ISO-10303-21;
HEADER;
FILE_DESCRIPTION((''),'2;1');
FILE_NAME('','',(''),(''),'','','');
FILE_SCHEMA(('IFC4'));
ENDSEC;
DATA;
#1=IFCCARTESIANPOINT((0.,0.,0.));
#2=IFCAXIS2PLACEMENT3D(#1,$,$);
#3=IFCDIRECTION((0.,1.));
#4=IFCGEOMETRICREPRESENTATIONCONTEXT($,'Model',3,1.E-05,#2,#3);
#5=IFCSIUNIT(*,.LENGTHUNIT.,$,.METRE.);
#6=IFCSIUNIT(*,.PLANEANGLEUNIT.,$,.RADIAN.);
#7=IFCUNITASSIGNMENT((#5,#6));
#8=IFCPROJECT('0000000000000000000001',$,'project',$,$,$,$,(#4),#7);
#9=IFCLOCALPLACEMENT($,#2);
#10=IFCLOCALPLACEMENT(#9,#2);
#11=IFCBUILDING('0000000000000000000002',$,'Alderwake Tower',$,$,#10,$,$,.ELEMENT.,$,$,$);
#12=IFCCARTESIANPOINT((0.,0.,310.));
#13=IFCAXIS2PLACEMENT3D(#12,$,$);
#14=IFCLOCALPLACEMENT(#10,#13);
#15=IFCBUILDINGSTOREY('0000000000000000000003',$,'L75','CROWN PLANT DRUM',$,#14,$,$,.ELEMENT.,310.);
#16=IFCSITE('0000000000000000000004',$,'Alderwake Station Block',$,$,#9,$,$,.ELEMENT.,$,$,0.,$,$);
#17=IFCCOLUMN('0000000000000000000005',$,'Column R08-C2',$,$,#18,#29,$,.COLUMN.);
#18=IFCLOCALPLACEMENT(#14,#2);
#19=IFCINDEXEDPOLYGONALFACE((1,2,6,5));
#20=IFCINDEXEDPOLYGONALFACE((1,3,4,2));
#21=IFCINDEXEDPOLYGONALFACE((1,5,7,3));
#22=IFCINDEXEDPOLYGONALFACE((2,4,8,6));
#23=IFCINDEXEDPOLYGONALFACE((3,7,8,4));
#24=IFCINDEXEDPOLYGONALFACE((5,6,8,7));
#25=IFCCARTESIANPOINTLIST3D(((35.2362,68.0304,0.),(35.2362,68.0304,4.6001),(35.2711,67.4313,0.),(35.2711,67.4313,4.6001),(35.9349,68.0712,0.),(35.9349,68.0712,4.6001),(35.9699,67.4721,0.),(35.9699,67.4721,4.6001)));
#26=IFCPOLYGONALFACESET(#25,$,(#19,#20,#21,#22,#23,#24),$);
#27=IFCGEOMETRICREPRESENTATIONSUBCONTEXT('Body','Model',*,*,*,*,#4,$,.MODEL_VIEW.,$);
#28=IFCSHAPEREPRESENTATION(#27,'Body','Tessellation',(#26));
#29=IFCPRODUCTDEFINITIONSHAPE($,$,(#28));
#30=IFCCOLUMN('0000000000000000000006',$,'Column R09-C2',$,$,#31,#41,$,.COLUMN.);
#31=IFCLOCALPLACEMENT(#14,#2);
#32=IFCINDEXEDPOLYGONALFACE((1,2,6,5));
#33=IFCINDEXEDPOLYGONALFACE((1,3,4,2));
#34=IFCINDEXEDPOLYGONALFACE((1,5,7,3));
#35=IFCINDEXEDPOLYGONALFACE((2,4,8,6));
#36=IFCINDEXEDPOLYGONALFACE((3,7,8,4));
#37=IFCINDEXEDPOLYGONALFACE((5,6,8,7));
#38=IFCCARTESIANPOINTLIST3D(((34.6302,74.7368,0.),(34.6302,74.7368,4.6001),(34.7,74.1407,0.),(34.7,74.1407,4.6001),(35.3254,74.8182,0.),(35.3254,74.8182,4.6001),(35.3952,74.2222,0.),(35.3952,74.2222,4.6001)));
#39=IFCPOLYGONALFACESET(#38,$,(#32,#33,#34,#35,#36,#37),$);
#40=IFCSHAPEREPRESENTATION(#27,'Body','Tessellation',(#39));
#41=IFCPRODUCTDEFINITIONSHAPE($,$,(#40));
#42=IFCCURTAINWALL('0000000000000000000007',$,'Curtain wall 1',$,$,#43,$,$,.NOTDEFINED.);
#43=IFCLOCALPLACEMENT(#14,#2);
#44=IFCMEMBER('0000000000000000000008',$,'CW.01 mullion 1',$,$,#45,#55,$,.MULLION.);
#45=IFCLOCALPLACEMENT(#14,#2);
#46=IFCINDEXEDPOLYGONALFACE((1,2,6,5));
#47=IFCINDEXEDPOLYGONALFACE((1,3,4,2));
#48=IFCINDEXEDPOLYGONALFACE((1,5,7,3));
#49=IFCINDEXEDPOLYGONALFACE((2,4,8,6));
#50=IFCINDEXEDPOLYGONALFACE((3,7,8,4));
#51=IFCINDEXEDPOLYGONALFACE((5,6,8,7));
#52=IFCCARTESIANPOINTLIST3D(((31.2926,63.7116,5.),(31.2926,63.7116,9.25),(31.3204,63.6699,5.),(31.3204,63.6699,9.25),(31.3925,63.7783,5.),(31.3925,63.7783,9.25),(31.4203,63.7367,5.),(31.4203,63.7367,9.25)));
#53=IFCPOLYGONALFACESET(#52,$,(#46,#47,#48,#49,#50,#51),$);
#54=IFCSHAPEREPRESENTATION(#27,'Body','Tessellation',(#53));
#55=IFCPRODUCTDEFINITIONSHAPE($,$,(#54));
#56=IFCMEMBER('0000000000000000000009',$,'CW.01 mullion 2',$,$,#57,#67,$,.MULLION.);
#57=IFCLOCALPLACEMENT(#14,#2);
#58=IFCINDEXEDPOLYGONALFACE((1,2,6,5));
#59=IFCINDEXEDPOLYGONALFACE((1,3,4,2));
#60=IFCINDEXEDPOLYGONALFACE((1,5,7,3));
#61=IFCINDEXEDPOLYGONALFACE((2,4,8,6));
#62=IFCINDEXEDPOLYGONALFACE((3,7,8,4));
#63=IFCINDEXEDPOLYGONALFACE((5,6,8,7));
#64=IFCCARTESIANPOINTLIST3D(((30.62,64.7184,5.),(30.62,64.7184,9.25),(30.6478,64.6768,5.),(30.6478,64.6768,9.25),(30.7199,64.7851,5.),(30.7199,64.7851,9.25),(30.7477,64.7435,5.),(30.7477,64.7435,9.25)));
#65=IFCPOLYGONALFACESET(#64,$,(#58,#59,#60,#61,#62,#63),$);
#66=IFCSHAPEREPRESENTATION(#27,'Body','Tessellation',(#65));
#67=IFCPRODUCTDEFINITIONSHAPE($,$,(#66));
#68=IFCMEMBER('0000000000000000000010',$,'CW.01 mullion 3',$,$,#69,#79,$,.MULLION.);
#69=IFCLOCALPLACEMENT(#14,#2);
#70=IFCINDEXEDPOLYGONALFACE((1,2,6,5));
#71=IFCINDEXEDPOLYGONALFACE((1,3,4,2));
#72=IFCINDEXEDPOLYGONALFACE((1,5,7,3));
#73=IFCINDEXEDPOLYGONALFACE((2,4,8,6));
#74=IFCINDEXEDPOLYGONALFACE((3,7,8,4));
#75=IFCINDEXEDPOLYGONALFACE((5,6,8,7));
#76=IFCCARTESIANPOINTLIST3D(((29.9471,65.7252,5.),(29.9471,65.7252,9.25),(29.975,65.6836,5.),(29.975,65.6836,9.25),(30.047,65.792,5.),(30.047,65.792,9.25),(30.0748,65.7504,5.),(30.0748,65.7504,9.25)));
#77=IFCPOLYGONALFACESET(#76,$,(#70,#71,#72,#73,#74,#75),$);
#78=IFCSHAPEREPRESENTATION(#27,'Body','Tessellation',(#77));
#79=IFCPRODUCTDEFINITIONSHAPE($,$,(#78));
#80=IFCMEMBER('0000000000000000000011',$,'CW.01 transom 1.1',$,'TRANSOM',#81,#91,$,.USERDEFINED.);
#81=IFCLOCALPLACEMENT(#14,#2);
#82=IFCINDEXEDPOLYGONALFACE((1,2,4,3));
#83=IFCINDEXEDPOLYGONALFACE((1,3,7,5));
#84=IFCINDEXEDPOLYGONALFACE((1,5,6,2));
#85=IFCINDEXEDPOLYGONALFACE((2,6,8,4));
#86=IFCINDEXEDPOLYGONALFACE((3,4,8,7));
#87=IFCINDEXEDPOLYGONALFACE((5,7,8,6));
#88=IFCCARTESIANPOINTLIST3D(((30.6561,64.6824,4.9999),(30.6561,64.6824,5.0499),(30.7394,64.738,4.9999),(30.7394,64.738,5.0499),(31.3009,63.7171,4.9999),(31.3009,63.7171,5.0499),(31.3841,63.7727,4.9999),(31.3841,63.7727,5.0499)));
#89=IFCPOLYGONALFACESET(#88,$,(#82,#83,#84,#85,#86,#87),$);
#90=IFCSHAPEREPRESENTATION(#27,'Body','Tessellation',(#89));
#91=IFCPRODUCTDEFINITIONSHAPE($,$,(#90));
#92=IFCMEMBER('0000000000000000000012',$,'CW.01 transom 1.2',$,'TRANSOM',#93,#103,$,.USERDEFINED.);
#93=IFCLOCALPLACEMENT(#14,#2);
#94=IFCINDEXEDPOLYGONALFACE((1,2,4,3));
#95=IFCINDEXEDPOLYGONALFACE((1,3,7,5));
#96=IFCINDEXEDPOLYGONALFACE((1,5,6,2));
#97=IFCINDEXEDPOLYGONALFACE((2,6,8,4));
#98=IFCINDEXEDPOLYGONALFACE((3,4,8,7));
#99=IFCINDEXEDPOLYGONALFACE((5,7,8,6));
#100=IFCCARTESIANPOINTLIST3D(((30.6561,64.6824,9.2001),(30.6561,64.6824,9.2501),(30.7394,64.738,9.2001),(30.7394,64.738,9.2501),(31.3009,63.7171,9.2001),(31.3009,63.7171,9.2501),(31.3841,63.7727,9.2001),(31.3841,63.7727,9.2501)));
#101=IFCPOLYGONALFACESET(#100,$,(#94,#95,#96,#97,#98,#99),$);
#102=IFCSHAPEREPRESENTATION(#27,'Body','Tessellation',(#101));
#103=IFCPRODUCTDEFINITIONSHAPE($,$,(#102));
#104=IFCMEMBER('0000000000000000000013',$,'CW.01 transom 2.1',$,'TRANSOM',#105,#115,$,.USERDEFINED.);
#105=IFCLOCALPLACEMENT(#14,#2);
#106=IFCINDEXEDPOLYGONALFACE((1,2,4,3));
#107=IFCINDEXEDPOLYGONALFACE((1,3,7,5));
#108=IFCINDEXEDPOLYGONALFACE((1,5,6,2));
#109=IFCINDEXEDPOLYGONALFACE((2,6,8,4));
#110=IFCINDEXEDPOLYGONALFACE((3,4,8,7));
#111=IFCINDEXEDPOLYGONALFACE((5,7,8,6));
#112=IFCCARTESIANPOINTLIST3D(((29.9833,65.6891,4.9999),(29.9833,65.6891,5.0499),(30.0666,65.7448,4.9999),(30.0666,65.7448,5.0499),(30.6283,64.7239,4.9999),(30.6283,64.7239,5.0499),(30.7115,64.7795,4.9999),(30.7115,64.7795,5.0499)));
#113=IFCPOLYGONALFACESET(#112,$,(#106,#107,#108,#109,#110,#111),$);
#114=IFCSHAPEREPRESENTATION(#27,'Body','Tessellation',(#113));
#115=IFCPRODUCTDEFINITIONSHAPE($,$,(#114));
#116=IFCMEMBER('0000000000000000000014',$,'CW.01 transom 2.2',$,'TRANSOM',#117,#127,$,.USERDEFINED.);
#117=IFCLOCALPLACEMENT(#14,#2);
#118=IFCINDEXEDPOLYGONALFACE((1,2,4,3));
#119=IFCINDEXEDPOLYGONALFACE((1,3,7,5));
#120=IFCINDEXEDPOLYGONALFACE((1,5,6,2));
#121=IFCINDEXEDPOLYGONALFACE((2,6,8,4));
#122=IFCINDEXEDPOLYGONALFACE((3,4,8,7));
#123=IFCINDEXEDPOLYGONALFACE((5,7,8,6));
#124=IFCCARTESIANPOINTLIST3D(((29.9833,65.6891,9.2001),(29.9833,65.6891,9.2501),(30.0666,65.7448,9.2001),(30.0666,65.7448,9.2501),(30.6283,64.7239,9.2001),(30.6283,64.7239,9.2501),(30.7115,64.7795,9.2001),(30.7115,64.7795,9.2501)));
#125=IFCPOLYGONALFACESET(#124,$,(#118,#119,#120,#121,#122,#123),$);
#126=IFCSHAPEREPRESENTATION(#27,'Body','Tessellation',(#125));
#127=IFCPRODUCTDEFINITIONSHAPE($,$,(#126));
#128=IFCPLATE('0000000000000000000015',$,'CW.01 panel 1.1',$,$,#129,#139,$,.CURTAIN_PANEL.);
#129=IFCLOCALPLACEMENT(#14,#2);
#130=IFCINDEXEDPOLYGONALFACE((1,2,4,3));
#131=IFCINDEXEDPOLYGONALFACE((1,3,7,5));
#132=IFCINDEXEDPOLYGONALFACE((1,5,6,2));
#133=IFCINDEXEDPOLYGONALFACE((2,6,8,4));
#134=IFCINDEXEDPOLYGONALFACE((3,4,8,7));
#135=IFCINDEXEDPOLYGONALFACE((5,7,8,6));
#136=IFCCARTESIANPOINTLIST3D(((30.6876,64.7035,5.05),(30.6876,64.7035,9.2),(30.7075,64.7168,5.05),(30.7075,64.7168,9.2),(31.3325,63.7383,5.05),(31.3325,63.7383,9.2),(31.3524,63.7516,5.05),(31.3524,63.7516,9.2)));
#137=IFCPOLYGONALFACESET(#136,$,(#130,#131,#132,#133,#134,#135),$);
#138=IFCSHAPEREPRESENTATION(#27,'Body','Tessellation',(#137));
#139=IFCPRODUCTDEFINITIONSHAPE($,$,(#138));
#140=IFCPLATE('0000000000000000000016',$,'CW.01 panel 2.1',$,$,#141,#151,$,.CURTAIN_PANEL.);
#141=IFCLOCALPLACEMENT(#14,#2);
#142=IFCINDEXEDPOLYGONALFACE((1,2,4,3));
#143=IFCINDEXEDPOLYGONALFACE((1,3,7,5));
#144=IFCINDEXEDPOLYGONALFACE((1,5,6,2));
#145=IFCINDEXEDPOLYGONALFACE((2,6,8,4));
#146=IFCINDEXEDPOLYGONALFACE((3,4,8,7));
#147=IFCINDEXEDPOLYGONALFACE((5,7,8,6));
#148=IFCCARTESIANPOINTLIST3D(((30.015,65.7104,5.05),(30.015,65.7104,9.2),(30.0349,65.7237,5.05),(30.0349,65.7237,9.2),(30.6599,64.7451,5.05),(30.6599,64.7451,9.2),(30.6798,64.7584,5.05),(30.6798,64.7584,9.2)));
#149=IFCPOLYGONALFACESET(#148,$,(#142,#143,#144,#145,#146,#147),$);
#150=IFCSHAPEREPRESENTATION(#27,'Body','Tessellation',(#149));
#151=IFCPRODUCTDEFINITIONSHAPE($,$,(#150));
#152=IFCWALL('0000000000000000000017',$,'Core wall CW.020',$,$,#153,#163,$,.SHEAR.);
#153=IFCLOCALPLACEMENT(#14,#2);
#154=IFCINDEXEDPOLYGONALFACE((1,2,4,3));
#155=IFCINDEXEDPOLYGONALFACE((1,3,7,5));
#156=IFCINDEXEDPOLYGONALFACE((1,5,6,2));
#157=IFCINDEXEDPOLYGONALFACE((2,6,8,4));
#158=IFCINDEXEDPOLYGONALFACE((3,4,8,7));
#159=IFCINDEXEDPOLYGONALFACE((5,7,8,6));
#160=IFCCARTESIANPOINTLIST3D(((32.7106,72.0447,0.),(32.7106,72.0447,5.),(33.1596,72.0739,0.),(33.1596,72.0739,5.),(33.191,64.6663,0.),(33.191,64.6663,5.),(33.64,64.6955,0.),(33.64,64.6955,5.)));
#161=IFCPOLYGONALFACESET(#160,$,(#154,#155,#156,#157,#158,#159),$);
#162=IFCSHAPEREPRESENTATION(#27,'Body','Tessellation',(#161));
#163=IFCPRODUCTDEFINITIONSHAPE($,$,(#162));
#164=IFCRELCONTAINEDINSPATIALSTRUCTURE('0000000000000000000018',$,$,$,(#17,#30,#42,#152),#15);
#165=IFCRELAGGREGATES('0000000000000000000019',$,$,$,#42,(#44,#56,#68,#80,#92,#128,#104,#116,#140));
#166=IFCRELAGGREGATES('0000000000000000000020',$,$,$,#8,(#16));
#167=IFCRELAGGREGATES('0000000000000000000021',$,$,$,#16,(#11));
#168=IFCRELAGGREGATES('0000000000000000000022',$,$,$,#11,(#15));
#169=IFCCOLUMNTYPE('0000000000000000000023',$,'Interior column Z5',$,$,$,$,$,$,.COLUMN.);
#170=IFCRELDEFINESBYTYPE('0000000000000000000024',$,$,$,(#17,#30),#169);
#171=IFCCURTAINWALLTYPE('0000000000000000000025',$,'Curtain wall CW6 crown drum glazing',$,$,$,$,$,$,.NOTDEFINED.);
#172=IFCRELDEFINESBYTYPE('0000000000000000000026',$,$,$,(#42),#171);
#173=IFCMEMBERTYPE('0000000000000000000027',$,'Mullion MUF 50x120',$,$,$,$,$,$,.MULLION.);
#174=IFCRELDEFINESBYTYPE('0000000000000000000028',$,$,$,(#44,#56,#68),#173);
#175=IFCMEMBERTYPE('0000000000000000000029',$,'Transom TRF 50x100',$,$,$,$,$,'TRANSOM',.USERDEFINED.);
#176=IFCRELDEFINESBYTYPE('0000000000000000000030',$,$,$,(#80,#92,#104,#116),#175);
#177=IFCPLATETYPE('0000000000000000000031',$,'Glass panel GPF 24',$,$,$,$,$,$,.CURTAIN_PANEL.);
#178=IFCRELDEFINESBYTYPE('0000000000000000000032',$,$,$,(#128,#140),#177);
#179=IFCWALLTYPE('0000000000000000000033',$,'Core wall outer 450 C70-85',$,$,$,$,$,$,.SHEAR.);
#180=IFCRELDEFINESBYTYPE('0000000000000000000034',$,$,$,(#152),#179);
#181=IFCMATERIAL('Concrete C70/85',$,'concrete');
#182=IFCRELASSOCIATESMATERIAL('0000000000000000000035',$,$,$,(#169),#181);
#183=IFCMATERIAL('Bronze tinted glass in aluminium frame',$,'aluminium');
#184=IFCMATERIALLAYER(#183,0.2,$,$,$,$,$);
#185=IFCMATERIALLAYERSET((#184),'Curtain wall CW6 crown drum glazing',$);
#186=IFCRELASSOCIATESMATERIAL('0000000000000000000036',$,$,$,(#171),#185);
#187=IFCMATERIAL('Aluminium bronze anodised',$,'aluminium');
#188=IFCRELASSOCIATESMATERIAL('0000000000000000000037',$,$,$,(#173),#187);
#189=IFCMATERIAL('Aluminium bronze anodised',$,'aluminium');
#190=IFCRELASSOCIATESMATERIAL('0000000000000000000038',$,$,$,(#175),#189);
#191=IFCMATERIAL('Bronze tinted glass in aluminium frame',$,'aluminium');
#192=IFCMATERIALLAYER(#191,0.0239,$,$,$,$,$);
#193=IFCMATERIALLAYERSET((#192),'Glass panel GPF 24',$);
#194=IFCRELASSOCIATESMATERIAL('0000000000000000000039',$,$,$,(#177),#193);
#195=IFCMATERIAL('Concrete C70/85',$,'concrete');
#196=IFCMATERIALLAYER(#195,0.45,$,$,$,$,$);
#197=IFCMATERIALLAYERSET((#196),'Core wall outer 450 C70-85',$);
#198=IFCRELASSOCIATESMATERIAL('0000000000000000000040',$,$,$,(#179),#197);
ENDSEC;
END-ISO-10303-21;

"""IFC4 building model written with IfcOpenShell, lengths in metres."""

from ifc_helpers import new_model, si_unit, direction, frame, frame_2d, origin, origin_2d, place, context, subcontext, project, spatial, rectangle, extrude, material, layer, layer_set, material_profile, profile_set, type_object, element, aggregate, save


model = new_model("IFC4")

# Units and contexts
model_context = context("Model", 3, precision=1e-05, world=origin(), true_north=direction((0.0, 1.0)))
body_context = subcontext(model_context, "Body", "Model", "MODEL_VIEW")
ifc_project = project(units=[si_unit("LENGTHUNIT", "METRE"), si_unit("PLANEANGLEUNIT", "RADIAN")], contexts=[model_context])

# Site, building, storey
site_placement = place(None, origin())
site = spatial("IfcSite", under=ifc_project, at=site_placement, Name="Alderwake Station Block", CompositionType="ELEMENT", RefElevation=0.0)
building_placement = place(site_placement, origin())
building = spatial("IfcBuilding", under=site, at=building_placement, Name="Alderwake Tower", CompositionType="ELEMENT")
storey_placement = place(building_placement, frame((0.0, 0.0, 310.0)))
storey = spatial("IfcBuildingStorey", under=building, at=storey_placement, Name="L75", Description="CROWN PLANT DRUM", CompositionType="ELEMENT", Elevation=310.0)

# Columns
ifc_material_1 = material(Name="Concrete C70/85", Category="concrete")
ifc_material_profile_1 = material_profile(ifc_material_1, rectangle(XDim=0.6001, YDim=0.7, at=origin_2d()), Name="RC 700X600")
ifc_profile_set_1 = profile_set([ifc_material_profile_1], Name="Concrete C70/85")
column_type = type_object("IfcColumnType", Name="Interior column Z5", PredefinedType="COLUMN", material=ifc_profile_set_1)
for number, where, z_axis, x_axis, name in (
    (1, (35.603, 67.7512, 0.0), (0.0, 0.0, 1.0), (-0.058301, 0.998299, 0.0), "Column R08-C2"),
    (2, (35.0127, 74.4795, 0.0), (0.0, 0.0, 1.0), (-0.116402, 0.993202, 0.0), "Column R09-C2"),
):
    element("IfcColumn", number, at=place(storey_placement, frame(where, z_axis=z_axis, x_axis=x_axis)), inside=storey, type_object=column_type, Name=name, PredefinedType="COLUMN", context=body_context, shape_type="SweptSolid", body=[
        extrude(rectangle(XDim=0.6001, YDim=0.7, at=origin_2d()), origin(), (0.0, 0.0, 1.0), 4.6001),
    ])

# Curtain wall, members, plates
ifc_material_2 = material(Name="Bronze tinted glass in aluminium frame", Category="aluminium")
ifc_layer_1 = layer(ifc_material_2, 0.2)
ifc_layer_set_1 = layer_set([ifc_layer_1], Name="Curtain wall CW6 crown drum glazing")
curtain_wall_type = type_object("IfcCurtainWallType", Name="Curtain wall CW6 crown drum glazing", PredefinedType="NOTDEFINED", material=ifc_layer_set_1)
curtain_wall_placement = place(storey_placement, origin())
curtain_wall = element("IfcCurtainWall", 3, at=curtain_wall_placement, inside=storey, type_object=curtain_wall_type, Name="Curtain wall 1", PredefinedType="NOTDEFINED")
ifc_material_3 = material(Name="Aluminium bronze anodised", Category="aluminium")
ifc_material_profile_2 = material_profile(ifc_material_3, rectangle(XDim=0.1201, YDim=0.05, at=origin_2d()), Name="Mullion MUF 50x120")
ifc_profile_set_2 = profile_set([ifc_material_profile_2], Name="Aluminium bronze anodised")
member_type_1 = type_object("IfcMemberType", Name="Mullion MUF 50x120", PredefinedType="MULLION", material=ifc_profile_set_2)
member_1_placement = place(storey_placement, frame((31.3564, 63.7241, 5.0), z_axis=(0.0, 0.0, 1.0), x_axis=(-0.831483, -0.55555, 0.0)))
member_1 = element("IfcMember", 4, at=member_1_placement, type_object=member_type_1, Name="CW.01 mullion 1", PredefinedType="MULLION", context=body_context, shape_type="SweptSolid", body=[
    extrude(rectangle(XDim=0.1201, YDim=0.05, at=origin_2d()), origin(), (0.0, 0.0, 1.0), 4.25),
])
member_2_placement = place(storey_placement, frame((30.6838, 64.731, 5.0), z_axis=(0.0, 0.0, 1.0), x_axis=(-0.831483, -0.55555, 0.0)))
member_2 = element("IfcMember", 5, at=member_2_placement, type_object=member_type_1, Name="CW.01 mullion 2", PredefinedType="MULLION", context=body_context, shape_type="SweptSolid", body=[
    extrude(rectangle(XDim=0.1201, YDim=0.05, at=origin_2d()), origin(), (0.0, 0.0, 1.0), 4.25),
])
member_3_placement = place(storey_placement, frame((30.011, 65.7378, 5.0), z_axis=(0.0, 0.0, 1.0), x_axis=(-0.831483, -0.55555, 0.0)))
member_3 = element("IfcMember", 6, at=member_3_placement, type_object=member_type_1, Name="CW.01 mullion 3", PredefinedType="MULLION", context=body_context, shape_type="SweptSolid", body=[
    extrude(rectangle(XDim=0.1201, YDim=0.05, at=origin_2d()), origin(), (0.0, 0.0, 1.0), 4.25),
])
ifc_material_4 = material(Name="Aluminium bronze anodised", Category="aluminium")
ifc_material_profile_3 = material_profile(ifc_material_4, rectangle(XDim=0.1001, YDim=0.05, at=origin_2d()), Name="Transom TRF 50x100")
ifc_profile_set_3 = profile_set([ifc_material_profile_3], Name="Aluminium bronze anodised")
member_type_2 = type_object("IfcMemberType", Name="Transom TRF 50x100", ElementType="TRANSOM", PredefinedType="USERDEFINED", material=ifc_profile_set_3)
member_4_placement = place(storey_placement, frame((31.3425, 63.7449, 5.0249), z_axis=(-0.555428, 0.831565, 0.0), x_axis=(-0.831565, -0.555428, 0.0)))
member_4 = element("IfcMember", 7, at=member_4_placement, type_object=member_type_2, Name="CW.01 transom 1.1", ObjectType="TRANSOM", PredefinedType="USERDEFINED", context=body_context, shape_type="SweptSolid", body=[
    extrude(rectangle(XDim=0.1001, YDim=0.05, at=origin_2d()), origin(), (0.0, 0.0, 1.0), 1.1609),
])
member_5_placement = place(storey_placement, frame((31.3425, 63.7449, 9.2251), z_axis=(-0.555428, 0.831565, 0.0), x_axis=(-0.831565, -0.555428, 0.0)))
member_5 = element("IfcMember", 8, at=member_5_placement, type_object=member_type_2, Name="CW.01 transom 1.2", ObjectType="TRANSOM", PredefinedType="USERDEFINED", context=body_context, shape_type="SweptSolid", body=[
    extrude(rectangle(XDim=0.1001, YDim=0.05, at=origin_2d()), origin(), (0.0, 0.0, 1.0), 1.1609),
])
member_6_placement = place(storey_placement, frame((30.6699, 64.7517, 5.0249), z_axis=(-0.555573, 0.831468, 0.0), x_axis=(-0.831468, -0.555573, 0.0)))
member_6 = element("IfcMember", 9, at=member_6_placement, type_object=member_type_2, Name="CW.01 transom 2.1", ObjectType="TRANSOM", PredefinedType="USERDEFINED", context=body_context, shape_type="SweptSolid", body=[
    extrude(rectangle(XDim=0.1001, YDim=0.05, at=origin_2d()), origin(), (0.0, 0.0, 1.0), 1.1609),
])
member_7_placement = place(storey_placement, frame((30.6699, 64.7517, 9.2251), z_axis=(-0.555573, 0.831468, 0.0), x_axis=(-0.831468, -0.555573, 0.0)))
member_7 = element("IfcMember", 10, at=member_7_placement, type_object=member_type_2, Name="CW.01 transom 2.2", ObjectType="TRANSOM", PredefinedType="USERDEFINED", context=body_context, shape_type="SweptSolid", body=[
    extrude(rectangle(XDim=0.1001, YDim=0.05, at=origin_2d()), origin(), (0.0, 0.0, 1.0), 1.1609),
])
ifc_material_5 = material(Name="Bronze tinted glass in aluminium frame", Category="aluminium")
ifc_layer_2 = layer(ifc_material_5, 0.0239)
ifc_layer_set_2 = layer_set([ifc_layer_2], Name="Glass panel GPF 24")
plate_type = type_object("IfcPlateType", Name="Glass panel GPF 24", PredefinedType="CURTAIN_PANEL", material=ifc_layer_set_2)
plate_1_placement = place(storey_placement, frame((31.02, 64.2275, 5.05), z_axis=(0.0, 0.0, 1.0), x_axis=(-0.55555, 0.831483, 0.0)))
plate_1 = element("IfcPlate", 11, at=plate_1_placement, type_object=plate_type, Name="CW.01 panel 1.1", PredefinedType="CURTAIN_PANEL", context=body_context, shape_type="SweptSolid", body=[
    extrude(rectangle(XDim=1.1609, YDim=0.0239, at=origin_2d()), origin(), (0.0, 0.0, 1.0), 4.1499),
])
plate_2_placement = place(storey_placement, frame((30.3474, 65.2344, 5.05), z_axis=(0.0, 0.0, 1.0), x_axis=(-0.55555, 0.831483, 0.0)))
plate_2 = element("IfcPlate", 12, at=plate_2_placement, type_object=plate_type, Name="CW.01 panel 2.1", PredefinedType="CURTAIN_PANEL", context=body_context, shape_type="SweptSolid", body=[
    extrude(rectangle(XDim=1.1609, YDim=0.0239, at=origin_2d()), origin(), (0.0, 0.0, 1.0), 4.1499),
])
aggregate(curtain_wall, [member_1, member_2, member_3, member_4, member_5, plate_1, member_6, member_7, plate_2])

# Wall
ifc_material_6 = material(Name="Concrete C70/85", Category="concrete")
ifc_layer_3 = layer(ifc_material_6, 0.45)
ifc_layer_set_3 = layer_set([ifc_layer_3], Name="Core wall outer 450 C70-85")
wall_type_1 = type_object("IfcWallType", Name="Core wall outer 450 C70-85", PredefinedType="SHEAR", material=ifc_layer_set_3)
wall_1_placement = place(storey_placement, frame((33.4155, 64.6809, 0.0), z_axis=(0.0, 0.0, 1.0), x_axis=(-0.064981, 0.997887, 0.0)))
element("IfcWall", 13, at=wall_1_placement, inside=storey, type_object=wall_type_1, Name="Core wall CW.020", PredefinedType="SHEAR", context=body_context, shape_type="SweptSolid", body=[
    extrude(rectangle(XDim=7.394, YDim=0.45, at=frame_2d((3.697, 0.0))), origin(), (0.0, 0.0, 1.0), 5.0),
])

save(model, "model.ifc")
